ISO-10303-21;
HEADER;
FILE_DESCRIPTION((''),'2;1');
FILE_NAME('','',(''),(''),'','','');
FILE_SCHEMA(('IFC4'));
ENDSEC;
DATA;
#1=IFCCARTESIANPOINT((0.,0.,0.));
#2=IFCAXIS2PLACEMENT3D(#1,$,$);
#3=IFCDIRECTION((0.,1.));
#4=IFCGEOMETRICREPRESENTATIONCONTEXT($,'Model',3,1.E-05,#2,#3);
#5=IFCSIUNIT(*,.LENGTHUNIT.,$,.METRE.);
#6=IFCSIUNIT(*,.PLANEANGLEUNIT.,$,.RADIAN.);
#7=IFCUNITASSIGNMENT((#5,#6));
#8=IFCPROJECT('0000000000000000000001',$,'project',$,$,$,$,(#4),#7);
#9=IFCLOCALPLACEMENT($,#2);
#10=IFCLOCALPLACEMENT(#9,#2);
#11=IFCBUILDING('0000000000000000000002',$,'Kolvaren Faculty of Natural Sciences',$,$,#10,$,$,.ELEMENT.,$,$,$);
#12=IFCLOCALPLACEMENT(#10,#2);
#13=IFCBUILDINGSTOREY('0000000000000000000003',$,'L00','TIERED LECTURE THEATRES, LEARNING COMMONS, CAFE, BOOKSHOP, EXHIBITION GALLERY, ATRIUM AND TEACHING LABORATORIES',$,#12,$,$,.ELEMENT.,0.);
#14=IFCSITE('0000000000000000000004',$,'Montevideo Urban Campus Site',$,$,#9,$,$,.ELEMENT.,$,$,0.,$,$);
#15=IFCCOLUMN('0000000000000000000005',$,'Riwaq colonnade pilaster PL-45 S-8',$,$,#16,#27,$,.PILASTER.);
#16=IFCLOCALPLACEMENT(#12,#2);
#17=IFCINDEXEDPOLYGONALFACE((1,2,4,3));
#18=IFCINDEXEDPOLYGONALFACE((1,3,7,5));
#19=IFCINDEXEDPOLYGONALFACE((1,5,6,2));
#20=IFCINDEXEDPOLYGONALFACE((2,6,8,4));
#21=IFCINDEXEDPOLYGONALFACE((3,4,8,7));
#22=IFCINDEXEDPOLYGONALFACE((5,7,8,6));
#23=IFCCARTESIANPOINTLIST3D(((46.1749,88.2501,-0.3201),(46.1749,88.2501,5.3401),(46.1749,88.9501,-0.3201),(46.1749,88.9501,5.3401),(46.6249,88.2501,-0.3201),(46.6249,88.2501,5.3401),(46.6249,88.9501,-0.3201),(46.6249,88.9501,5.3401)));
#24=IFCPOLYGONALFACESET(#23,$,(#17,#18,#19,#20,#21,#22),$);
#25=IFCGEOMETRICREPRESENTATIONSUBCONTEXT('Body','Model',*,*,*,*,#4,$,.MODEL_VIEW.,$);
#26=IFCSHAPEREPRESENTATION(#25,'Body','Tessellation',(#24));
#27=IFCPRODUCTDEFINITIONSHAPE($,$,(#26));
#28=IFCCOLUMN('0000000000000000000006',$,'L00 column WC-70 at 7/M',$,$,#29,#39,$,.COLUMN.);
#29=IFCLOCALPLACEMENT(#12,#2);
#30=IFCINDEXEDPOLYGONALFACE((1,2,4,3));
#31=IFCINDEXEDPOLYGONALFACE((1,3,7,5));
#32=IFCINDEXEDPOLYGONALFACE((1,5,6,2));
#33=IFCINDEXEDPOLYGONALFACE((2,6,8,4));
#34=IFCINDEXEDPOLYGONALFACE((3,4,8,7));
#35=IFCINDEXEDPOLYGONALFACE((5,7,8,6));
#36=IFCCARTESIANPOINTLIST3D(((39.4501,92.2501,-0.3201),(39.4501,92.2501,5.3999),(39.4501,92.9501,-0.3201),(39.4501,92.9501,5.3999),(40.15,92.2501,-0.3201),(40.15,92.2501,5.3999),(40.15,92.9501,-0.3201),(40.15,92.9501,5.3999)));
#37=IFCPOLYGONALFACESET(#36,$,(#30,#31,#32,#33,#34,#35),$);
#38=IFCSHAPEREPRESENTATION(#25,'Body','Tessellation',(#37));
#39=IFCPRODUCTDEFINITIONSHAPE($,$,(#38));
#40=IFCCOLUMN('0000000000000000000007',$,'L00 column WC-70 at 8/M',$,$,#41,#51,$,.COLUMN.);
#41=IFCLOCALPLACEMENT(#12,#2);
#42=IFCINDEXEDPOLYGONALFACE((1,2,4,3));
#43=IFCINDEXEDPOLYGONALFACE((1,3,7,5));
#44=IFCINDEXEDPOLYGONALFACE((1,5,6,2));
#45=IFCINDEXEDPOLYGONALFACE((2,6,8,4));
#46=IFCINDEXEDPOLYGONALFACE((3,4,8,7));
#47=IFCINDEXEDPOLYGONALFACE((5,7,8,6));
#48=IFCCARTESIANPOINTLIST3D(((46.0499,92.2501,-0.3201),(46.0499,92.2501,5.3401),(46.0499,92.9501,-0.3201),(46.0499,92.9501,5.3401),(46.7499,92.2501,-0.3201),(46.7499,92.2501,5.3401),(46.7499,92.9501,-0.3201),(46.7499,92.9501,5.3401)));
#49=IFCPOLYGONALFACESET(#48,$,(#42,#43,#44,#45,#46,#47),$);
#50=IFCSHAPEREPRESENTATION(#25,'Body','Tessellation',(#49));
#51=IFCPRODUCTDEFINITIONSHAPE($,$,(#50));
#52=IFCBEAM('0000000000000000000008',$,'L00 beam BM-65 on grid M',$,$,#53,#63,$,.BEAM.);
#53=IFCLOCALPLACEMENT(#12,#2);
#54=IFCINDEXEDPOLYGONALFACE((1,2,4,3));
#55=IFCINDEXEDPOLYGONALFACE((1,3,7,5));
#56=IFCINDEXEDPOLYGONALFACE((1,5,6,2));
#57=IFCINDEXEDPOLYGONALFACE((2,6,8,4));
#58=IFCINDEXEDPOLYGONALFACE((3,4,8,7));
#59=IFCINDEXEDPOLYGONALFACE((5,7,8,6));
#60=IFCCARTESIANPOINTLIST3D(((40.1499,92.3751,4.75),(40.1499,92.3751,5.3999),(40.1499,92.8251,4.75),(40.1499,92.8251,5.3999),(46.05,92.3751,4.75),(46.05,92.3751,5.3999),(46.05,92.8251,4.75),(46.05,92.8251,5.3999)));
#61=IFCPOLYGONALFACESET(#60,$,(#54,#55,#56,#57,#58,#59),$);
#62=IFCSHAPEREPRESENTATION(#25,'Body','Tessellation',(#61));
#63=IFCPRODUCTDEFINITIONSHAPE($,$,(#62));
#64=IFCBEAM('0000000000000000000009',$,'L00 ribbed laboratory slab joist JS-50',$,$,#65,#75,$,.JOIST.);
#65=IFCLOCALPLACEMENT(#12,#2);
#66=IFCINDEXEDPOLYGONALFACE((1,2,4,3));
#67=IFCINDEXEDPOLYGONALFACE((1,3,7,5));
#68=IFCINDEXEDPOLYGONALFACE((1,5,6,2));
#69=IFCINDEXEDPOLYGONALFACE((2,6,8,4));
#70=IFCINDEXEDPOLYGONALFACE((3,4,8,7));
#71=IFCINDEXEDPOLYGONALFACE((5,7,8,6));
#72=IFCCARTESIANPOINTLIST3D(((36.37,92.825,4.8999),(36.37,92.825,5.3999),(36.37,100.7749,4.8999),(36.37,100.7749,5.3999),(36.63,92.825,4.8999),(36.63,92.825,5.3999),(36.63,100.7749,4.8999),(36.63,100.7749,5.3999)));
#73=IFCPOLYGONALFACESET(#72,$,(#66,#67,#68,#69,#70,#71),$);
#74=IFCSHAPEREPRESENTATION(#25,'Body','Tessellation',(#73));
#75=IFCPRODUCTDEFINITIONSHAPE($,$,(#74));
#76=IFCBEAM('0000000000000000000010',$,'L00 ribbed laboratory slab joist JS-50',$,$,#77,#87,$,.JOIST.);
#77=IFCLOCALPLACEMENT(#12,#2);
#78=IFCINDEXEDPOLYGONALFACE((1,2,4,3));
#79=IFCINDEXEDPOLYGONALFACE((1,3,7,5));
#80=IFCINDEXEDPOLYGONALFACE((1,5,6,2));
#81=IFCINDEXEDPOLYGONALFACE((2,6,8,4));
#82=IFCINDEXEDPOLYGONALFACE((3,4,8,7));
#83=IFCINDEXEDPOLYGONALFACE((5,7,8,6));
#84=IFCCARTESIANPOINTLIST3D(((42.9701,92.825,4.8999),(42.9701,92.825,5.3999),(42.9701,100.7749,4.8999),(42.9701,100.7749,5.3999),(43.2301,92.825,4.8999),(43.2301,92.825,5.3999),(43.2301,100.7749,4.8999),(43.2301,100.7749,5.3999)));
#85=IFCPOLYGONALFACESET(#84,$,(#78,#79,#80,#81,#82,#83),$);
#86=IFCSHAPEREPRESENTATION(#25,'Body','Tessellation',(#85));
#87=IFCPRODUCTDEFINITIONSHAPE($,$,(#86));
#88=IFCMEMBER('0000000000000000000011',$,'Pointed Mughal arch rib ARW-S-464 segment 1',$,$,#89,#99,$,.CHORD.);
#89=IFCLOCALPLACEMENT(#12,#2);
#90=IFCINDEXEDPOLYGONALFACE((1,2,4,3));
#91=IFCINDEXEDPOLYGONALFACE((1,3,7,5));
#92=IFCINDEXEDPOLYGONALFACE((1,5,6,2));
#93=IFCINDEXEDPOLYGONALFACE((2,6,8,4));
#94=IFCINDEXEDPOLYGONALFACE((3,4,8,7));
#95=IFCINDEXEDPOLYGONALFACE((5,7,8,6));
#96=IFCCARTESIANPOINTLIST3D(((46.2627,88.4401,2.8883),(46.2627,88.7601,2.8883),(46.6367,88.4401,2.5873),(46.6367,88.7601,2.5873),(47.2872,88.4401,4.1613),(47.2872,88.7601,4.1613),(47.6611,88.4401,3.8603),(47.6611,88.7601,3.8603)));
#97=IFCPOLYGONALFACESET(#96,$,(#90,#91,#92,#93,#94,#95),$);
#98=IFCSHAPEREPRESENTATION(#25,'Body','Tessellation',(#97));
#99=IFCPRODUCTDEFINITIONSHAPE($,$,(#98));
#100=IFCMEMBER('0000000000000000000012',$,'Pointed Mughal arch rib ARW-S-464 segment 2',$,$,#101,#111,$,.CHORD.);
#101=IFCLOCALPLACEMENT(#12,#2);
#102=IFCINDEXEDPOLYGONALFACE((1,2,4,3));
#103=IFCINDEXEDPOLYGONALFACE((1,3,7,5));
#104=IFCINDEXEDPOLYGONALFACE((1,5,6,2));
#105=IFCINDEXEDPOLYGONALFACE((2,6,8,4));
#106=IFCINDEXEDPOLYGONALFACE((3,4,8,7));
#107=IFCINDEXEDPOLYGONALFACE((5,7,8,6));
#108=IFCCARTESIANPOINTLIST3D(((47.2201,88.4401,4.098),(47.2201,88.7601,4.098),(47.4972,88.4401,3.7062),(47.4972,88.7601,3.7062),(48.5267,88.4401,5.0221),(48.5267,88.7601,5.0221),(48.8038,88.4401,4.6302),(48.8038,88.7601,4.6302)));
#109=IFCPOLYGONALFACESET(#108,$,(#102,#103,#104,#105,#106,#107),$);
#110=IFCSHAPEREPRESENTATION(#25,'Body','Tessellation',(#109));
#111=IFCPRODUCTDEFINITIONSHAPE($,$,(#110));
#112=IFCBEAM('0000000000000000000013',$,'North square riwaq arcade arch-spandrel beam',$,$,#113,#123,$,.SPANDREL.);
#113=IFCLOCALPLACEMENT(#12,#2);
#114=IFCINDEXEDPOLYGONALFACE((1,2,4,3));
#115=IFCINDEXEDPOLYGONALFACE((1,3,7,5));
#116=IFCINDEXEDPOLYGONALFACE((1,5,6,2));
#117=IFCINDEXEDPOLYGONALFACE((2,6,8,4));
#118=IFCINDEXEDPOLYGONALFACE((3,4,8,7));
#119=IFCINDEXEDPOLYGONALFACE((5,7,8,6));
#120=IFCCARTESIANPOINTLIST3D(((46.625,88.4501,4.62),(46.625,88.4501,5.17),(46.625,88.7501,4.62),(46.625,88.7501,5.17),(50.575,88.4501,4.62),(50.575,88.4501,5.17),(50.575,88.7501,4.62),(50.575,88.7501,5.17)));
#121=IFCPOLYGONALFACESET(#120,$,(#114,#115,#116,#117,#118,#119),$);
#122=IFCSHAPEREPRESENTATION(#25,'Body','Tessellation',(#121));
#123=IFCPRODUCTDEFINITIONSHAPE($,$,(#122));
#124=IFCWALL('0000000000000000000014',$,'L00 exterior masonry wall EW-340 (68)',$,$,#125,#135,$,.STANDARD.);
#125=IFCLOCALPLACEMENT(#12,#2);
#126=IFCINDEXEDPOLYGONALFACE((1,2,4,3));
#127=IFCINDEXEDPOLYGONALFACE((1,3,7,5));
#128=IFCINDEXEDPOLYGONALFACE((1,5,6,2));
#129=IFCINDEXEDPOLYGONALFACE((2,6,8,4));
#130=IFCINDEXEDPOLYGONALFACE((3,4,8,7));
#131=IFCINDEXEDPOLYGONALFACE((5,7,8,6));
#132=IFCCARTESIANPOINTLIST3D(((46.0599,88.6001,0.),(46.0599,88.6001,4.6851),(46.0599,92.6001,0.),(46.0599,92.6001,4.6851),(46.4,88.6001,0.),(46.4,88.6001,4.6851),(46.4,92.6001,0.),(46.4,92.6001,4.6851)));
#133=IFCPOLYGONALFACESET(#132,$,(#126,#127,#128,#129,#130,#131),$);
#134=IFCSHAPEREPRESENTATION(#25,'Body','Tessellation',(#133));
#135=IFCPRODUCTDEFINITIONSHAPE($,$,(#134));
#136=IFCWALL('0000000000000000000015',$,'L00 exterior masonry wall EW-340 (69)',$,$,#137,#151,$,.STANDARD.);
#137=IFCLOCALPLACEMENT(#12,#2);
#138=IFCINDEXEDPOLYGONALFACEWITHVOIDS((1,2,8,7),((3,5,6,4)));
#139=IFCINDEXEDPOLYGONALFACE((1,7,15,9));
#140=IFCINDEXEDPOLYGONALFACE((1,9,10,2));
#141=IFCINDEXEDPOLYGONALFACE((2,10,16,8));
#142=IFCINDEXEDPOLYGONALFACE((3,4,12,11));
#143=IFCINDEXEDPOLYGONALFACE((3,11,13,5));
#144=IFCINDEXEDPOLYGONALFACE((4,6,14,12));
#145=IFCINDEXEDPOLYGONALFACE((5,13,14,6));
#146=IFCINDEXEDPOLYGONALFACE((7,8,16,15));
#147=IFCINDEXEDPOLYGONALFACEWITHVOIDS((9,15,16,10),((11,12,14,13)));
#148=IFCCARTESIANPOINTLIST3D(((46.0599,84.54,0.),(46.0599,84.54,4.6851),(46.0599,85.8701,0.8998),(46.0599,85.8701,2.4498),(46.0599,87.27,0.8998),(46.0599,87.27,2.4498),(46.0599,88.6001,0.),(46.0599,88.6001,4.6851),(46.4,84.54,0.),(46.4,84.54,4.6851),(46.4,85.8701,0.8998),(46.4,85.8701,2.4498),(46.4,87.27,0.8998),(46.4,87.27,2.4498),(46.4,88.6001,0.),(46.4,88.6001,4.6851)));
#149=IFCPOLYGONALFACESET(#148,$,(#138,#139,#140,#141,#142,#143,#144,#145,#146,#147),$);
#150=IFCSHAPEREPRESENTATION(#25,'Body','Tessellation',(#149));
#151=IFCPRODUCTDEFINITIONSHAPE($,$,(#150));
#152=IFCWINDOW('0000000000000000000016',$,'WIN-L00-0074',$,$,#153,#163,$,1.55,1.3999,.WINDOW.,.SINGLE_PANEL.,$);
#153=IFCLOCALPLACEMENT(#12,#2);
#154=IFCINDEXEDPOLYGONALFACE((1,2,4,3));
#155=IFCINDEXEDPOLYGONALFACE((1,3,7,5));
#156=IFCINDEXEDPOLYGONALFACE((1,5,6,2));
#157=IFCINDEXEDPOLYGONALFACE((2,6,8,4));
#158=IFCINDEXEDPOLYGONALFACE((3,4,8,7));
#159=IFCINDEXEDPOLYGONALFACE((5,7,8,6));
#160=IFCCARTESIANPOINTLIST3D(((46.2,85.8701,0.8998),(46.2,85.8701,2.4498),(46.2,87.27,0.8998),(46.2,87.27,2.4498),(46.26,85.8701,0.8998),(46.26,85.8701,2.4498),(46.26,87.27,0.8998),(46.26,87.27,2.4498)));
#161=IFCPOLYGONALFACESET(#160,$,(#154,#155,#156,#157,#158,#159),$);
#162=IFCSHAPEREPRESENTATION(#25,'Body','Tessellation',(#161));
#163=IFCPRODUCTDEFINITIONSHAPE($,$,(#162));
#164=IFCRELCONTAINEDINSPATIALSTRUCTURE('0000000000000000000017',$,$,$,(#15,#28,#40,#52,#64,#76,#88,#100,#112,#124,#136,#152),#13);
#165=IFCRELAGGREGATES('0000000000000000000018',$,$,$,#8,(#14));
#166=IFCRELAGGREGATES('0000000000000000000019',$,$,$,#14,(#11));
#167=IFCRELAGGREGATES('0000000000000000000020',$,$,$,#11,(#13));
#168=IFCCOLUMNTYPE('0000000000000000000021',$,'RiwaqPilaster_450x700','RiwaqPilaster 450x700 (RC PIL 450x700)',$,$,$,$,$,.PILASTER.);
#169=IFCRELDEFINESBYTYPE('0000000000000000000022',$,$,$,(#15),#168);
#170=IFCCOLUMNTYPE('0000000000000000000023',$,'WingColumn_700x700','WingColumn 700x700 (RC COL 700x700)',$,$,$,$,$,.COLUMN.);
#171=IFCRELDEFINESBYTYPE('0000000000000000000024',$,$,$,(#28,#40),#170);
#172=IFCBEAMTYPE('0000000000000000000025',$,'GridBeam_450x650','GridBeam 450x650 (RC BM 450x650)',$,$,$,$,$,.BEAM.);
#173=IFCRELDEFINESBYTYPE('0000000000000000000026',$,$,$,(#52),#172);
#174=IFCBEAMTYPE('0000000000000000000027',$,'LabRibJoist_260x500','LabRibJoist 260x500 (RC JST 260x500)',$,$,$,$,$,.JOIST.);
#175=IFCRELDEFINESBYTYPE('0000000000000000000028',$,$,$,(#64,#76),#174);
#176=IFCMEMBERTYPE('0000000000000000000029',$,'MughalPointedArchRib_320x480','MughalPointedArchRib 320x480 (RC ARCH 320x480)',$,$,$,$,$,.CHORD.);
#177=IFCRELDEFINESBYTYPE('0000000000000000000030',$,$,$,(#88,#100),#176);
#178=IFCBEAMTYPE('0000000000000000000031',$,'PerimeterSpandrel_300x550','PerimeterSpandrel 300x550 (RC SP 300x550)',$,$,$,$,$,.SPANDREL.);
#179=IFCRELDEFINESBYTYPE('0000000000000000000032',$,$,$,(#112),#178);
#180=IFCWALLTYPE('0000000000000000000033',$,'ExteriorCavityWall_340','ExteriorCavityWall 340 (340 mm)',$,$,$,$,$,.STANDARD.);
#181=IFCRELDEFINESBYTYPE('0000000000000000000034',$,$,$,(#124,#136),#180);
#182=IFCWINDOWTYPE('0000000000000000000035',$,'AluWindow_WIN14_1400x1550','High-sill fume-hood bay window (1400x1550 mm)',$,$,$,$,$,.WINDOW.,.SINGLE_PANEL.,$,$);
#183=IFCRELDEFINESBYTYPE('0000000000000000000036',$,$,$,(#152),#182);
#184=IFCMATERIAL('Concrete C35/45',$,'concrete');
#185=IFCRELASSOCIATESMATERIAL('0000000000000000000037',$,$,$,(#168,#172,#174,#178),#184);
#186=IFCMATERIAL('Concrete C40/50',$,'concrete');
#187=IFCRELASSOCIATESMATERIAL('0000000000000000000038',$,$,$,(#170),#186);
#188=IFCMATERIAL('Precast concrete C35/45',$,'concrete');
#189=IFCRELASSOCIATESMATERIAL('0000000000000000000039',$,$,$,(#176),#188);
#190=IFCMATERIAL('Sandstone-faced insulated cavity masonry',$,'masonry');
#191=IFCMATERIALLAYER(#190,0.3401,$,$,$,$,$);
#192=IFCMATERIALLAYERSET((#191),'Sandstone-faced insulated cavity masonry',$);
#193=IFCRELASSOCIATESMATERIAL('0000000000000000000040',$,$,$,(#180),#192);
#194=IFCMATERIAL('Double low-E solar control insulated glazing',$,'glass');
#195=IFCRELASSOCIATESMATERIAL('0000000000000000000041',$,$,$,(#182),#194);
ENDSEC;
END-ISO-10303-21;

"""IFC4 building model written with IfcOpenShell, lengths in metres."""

from ifc_helpers import new_model, si_unit, direction, frame, frame_2d, origin, origin_2d, place, context, subcontext, project, spatial, rectangle, extrude, material, layer, layer_set, material_profile, profile_set, type_object, element, fill, save


model = new_model("IFC4")

# Units and contexts
model_context = context("Model", 3, precision=1e-05, world=origin(), true_north=direction((0.0, 1.0)))
body_context = subcontext(model_context, "Body", "Model", "MODEL_VIEW")
ifc_project = project(units=[si_unit("LENGTHUNIT", "METRE"), si_unit("PLANEANGLEUNIT", "RADIAN")], contexts=[model_context])

# Site, building, storey
site_placement = place(None, origin())
site = spatial("IfcSite", under=ifc_project, at=site_placement, Name="Montevideo Urban Campus Site", CompositionType="ELEMENT", RefElevation=0.0)
building_placement = place(site_placement, origin())
building = spatial("IfcBuilding", under=site, at=building_placement, Name="Kolvaren Faculty of Natural Sciences", CompositionType="ELEMENT")
storey_placement = place(building_placement, origin())
storey = spatial("IfcBuildingStorey", under=building, at=storey_placement, Name="L00", Description="TIERED LECTURE THEATRES, LEARNING COMMONS, CAFE, BOOKSHOP, EXHIBITION GALLERY, ATRIUM AND TEACHING LABORATORIES", CompositionType="ELEMENT", Elevation=0.0)

# Shared definitions
ifc_material_1 = material(Name="Concrete C35/45", Category="concrete")

# Columns
ifc_material_profile_1 = material_profile(ifc_material_1, rectangle(XDim=0.45, YDim=0.7, at=origin_2d()), Name="RC PIL 450x700")
ifc_profile_set_1 = profile_set([ifc_material_profile_1], Name="Concrete C35/45")
column_type_1 = type_object("IfcColumnType", Name="RiwaqPilaster_450x700", Description="RiwaqPilaster 450x700 (RC PIL 450x700)", PredefinedType="PILASTER", material=ifc_profile_set_1)
column_1_placement = place(storey_placement, frame((46.3999, 88.6001, -0.3201), z_axis=(0.0, 0.0, 1.0), x_axis=(1.0, 0.0, 0.0)))
element("IfcColumn", 1, at=column_1_placement, inside=storey, type_object=column_type_1, Name="Riwaq colonnade pilaster PL-45 S-8", PredefinedType="PILASTER", context=body_context, shape_type="SweptSolid", body=[
    extrude(rectangle(XDim=0.45, YDim=0.7, at=origin_2d()), origin(), (0.0, 0.0, 1.0), 5.6602),
])
ifc_material_2 = material(Name="Concrete C40/50", Category="concrete")
ifc_material_profile_2 = material_profile(ifc_material_2, rectangle(XDim=0.7, YDim=0.7, at=origin_2d()), Name="RC COL 700x700")
ifc_profile_set_2 = profile_set([ifc_material_profile_2], Name="Concrete C40/50")
column_type_2 = type_object("IfcColumnType", Name="WingColumn_700x700", Description="WingColumn 700x700 (RC COL 700x700)", PredefinedType="COLUMN", material=ifc_profile_set_2)
column_2_placement = place(storey_placement, frame((39.8, 92.6001, -0.3201), z_axis=(0.0, 0.0, 1.0), x_axis=(1.0, 0.0, 0.0)))
element("IfcColumn", 2, at=column_2_placement, inside=storey, type_object=column_type_2, Name="L00 column WC-70 at 7/M", PredefinedType="COLUMN", context=body_context, shape_type="SweptSolid", body=[
    extrude(rectangle(XDim=0.7, YDim=0.7, at=origin_2d()), origin(), (0.0, 0.0, 1.0), 5.72),
])
column_3_placement = place(storey_placement, frame((46.3999, 92.6001, -0.3201), z_axis=(0.0, 0.0, 1.0), x_axis=(1.0, 0.0, 0.0)))
element("IfcColumn", 3, at=column_3_placement, inside=storey, type_object=column_type_2, Name="L00 column WC-70 at 8/M", PredefinedType="COLUMN", context=body_context, shape_type="SweptSolid", body=[
    extrude(rectangle(XDim=0.7, YDim=0.7, at=origin_2d()), origin(), (0.0, 0.0, 1.0), 5.6602),
])

# Beams
ifc_material_profile_3 = material_profile(ifc_material_1, rectangle(XDim=0.45, YDim=0.6499, at=origin_2d()), Name="RC BM 450x650")
ifc_profile_set_3 = profile_set([ifc_material_profile_3], Name="Concrete C35/45")
beam_type_1 = type_object("IfcBeamType", Name="GridBeam_450x650", Description="GridBeam 450x650 (RC BM 450x650)", PredefinedType="BEAM", material=ifc_profile_set_3)
beam_1_placement = place(storey_placement, frame((40.1499, 92.6001, 5.075), z_axis=(1.0, 0.0, 0.0), x_axis=(0.0, 1.0, 0.0)))
element("IfcBeam", 4, at=beam_1_placement, inside=storey, type_object=beam_type_1, Name="L00 beam BM-65 on grid M", PredefinedType="BEAM", context=body_context, shape_type="SweptSolid", body=[
    extrude(rectangle(XDim=0.45, YDim=0.6499, at=origin_2d()), origin(), (0.0, 0.0, 1.0), 5.9001),
])
ifc_material_profile_4 = material_profile(ifc_material_1, rectangle(XDim=0.26, YDim=0.5, at=origin_2d()), Name="RC JST 260x500")
ifc_profile_set_4 = profile_set([ifc_material_profile_4], Name="Concrete C35/45")
beam_type_2 = type_object("IfcBeamType", Name="LabRibJoist_260x500", Description="LabRibJoist 260x500 (RC JST 260x500)", PredefinedType="JOIST", material=ifc_profile_set_4)
for number, where, z_axis, x_axis, name in (
    (5, (36.5, 92.825, 5.1499), (0.0, 1.0, 0.0), (-1.0, 0.0, 0.0), "L00 ribbed laboratory slab joist JS-50"),
    (6, (43.1001, 92.825, 5.1499), (0.0, 1.0, 0.0), (-1.0, 0.0, 0.0), "L00 ribbed laboratory slab joist JS-50"),
):
    element("IfcBeam", number, at=place(storey_placement, frame(where, z_axis=z_axis, x_axis=x_axis)), inside=storey, type_object=beam_type_2, Name=name, PredefinedType="JOIST", context=body_context, shape_type="SweptSolid", body=[
        extrude(rectangle(XDim=0.26, YDim=0.5, at=origin_2d()), origin(), (0.0, 0.0, 1.0), 7.95),
    ])

# Members
ifc_material_3 = material(Name="Precast concrete C35/45", Category="concrete")
ifc_material_profile_5 = material_profile(ifc_material_3, rectangle(XDim=0.3201, YDim=0.48, at=origin_2d()), Name="RC ARCH 320x480")
ifc_profile_set_5 = profile_set([ifc_material_profile_5], Name="Precast concrete C35/45")
member_type = type_object("IfcMemberType", Name="MughalPointedArchRib_320x480", Description="MughalPointedArchRib 320x480 (RC ARCH 320x480)", PredefinedType="CHORD", material=ifc_profile_set_5)
member_1_placement = place(storey_placement, frame((46.4497, 88.6001, 2.7378), z_axis=(0.626952, 0.0, 0.779058), x_axis=(0.0, 1.0, 0.0)))
element("IfcMember", 7, at=member_1_placement, inside=storey, type_object=member_type, Name="Pointed Mughal arch rib ARW-S-464 segment 1", PredefinedType="CHORD", context=body_context, shape_type="SweptSolid", body=[
    extrude(rectangle(XDim=0.3201, YDim=0.48, at=origin_2d()), origin(), (0.0, 0.0, 1.0), 1.634),
])
member_2_placement = place(storey_placement, frame((47.3586, 88.6001, 3.9021), z_axis=(0.816456, 0.0, 0.577408), x_axis=(0.0, 1.0, 0.0)))
element("IfcMember", 8, at=member_2_placement, inside=storey, type_object=member_type, Name="Pointed Mughal arch rib ARW-S-464 segment 2", PredefinedType="CHORD", context=body_context, shape_type="SweptSolid", body=[
    extrude(rectangle(XDim=0.3201, YDim=0.48, at=origin_2d()), origin(), (0.0, 0.0, 1.0), 1.6003),
])

# Beam
ifc_material_profile_6 = material_profile(ifc_material_1, rectangle(XDim=0.3, YDim=0.55, at=origin_2d()), Name="RC SP 300x550")
ifc_profile_set_6 = profile_set([ifc_material_profile_6], Name="Concrete C35/45")
beam_type_3 = type_object("IfcBeamType", Name="PerimeterSpandrel_300x550", Description="PerimeterSpandrel 300x550 (RC SP 300x550)", PredefinedType="SPANDREL", material=ifc_profile_set_6)
beam_2_placement = place(storey_placement, frame((46.625, 88.6001, 4.895), z_axis=(1.0, 0.0, 0.0), x_axis=(0.0, 1.0, 0.0)))
element("IfcBeam", 9, at=beam_2_placement, inside=storey, type_object=beam_type_3, Name="North square riwaq arcade arch-spandrel beam", PredefinedType="SPANDREL", context=body_context, shape_type="SweptSolid", body=[
    extrude(rectangle(XDim=0.3, YDim=0.55, at=origin_2d()), origin(), (0.0, 0.0, 1.0), 3.95),
])

# Wall
ifc_material_4 = material(Name="Sandstone-faced insulated cavity masonry", Category="masonry")
ifc_layer = layer(ifc_material_4, 0.3401)
ifc_layer_set = layer_set([ifc_layer], Name="Sandstone-faced insulated cavity masonry")
wall_type = type_object("IfcWallType", Name="ExteriorCavityWall_340", Description="ExteriorCavityWall 340 (340 mm)", PredefinedType="STANDARD", material=ifc_layer_set)
wall_1_placement = place(storey_placement, frame((46.23, 92.6001, 0.0), z_axis=(0.0, 0.0, 1.0), x_axis=(0.0, -1.0, 0.0)))
element("IfcWall", 10, at=wall_1_placement, inside=storey, type_object=wall_type, Name="L00 exterior masonry wall EW-340 (68)", PredefinedType="STANDARD", context=body_context, shape_type="SweptSolid", body=[
    extrude(rectangle(XDim=4.0, YDim=0.3401, at=frame_2d((2.0, 0.0))), origin(), (0.0, 0.0, 1.0), 4.6851),
])

# Wall, opening, window
wall_2_placement = place(storey_placement, frame((46.23, 88.6001, 0.0), z_axis=(0.0, 0.0, 1.0), x_axis=(0.0, -1.0, 0.0)))
wall_2 = element("IfcWall", 11, at=wall_2_placement, inside=storey, type_object=wall_type, Name="L00 exterior masonry wall EW-340 (69)", PredefinedType="STANDARD", context=body_context, shape_type="SweptSolid", body=[
    extrude(rectangle(XDim=4.0601, YDim=0.3401, at=frame_2d((2.03, 0.0))), origin(), (0.0, 0.0, 1.0), 4.6851),
])
opening_placement = place(wall_2_placement, frame((1.3301, 0.0, 0.8999)))
opening = element("IfcOpeningElement", 12, at=opening_placement, cuts=wall_2, PredefinedType="OPENING", context=body_context, shape_type="SweptSolid", body=[
    extrude(rectangle(XDim=1.3999, YDim=1.55, at=frame_2d((0.7, 0.7749))), frame((0.0, 0.1799, 0.0), z_axis=(0.0, -1.0, 0.0), x_axis=(1.0, 0.0, 0.0)), (0.0, 0.0, 1.0), 0.3601),
])
ifc_material_5 = material(Name="Double low-E solar control insulated glazing", Category="glass")
window_type = type_object("IfcWindowType", Name="AluWindow_WIN14_1400x1550", Description="High-sill fume-hood bay window (1400x1550 mm)", PartitioningType="SINGLE_PANEL", PredefinedType="WINDOW", material=ifc_material_5)
window_placement = place(opening_placement, origin())
window = element("IfcWindow", 13, at=window_placement, inside=storey, type_object=window_type, Name="WIN-L00-0074", OverallHeight=1.55, OverallWidth=1.3999, PartitioningType="SINGLE_PANEL", PredefinedType="WINDOW", context=body_context, shape_type="SweptSolid", body=[
    extrude(rectangle(XDim=1.3999, YDim=1.55, at=frame_2d((0.7, 0.7749))), frame((0.0, 0.03, 0.0), z_axis=(0.0, -1.0, 0.0), x_axis=(1.0, 0.0, 0.0)), (0.0, 0.0, 1.0), 0.0601),
])
fill(opening, window)

save(model, "model.ifc")
